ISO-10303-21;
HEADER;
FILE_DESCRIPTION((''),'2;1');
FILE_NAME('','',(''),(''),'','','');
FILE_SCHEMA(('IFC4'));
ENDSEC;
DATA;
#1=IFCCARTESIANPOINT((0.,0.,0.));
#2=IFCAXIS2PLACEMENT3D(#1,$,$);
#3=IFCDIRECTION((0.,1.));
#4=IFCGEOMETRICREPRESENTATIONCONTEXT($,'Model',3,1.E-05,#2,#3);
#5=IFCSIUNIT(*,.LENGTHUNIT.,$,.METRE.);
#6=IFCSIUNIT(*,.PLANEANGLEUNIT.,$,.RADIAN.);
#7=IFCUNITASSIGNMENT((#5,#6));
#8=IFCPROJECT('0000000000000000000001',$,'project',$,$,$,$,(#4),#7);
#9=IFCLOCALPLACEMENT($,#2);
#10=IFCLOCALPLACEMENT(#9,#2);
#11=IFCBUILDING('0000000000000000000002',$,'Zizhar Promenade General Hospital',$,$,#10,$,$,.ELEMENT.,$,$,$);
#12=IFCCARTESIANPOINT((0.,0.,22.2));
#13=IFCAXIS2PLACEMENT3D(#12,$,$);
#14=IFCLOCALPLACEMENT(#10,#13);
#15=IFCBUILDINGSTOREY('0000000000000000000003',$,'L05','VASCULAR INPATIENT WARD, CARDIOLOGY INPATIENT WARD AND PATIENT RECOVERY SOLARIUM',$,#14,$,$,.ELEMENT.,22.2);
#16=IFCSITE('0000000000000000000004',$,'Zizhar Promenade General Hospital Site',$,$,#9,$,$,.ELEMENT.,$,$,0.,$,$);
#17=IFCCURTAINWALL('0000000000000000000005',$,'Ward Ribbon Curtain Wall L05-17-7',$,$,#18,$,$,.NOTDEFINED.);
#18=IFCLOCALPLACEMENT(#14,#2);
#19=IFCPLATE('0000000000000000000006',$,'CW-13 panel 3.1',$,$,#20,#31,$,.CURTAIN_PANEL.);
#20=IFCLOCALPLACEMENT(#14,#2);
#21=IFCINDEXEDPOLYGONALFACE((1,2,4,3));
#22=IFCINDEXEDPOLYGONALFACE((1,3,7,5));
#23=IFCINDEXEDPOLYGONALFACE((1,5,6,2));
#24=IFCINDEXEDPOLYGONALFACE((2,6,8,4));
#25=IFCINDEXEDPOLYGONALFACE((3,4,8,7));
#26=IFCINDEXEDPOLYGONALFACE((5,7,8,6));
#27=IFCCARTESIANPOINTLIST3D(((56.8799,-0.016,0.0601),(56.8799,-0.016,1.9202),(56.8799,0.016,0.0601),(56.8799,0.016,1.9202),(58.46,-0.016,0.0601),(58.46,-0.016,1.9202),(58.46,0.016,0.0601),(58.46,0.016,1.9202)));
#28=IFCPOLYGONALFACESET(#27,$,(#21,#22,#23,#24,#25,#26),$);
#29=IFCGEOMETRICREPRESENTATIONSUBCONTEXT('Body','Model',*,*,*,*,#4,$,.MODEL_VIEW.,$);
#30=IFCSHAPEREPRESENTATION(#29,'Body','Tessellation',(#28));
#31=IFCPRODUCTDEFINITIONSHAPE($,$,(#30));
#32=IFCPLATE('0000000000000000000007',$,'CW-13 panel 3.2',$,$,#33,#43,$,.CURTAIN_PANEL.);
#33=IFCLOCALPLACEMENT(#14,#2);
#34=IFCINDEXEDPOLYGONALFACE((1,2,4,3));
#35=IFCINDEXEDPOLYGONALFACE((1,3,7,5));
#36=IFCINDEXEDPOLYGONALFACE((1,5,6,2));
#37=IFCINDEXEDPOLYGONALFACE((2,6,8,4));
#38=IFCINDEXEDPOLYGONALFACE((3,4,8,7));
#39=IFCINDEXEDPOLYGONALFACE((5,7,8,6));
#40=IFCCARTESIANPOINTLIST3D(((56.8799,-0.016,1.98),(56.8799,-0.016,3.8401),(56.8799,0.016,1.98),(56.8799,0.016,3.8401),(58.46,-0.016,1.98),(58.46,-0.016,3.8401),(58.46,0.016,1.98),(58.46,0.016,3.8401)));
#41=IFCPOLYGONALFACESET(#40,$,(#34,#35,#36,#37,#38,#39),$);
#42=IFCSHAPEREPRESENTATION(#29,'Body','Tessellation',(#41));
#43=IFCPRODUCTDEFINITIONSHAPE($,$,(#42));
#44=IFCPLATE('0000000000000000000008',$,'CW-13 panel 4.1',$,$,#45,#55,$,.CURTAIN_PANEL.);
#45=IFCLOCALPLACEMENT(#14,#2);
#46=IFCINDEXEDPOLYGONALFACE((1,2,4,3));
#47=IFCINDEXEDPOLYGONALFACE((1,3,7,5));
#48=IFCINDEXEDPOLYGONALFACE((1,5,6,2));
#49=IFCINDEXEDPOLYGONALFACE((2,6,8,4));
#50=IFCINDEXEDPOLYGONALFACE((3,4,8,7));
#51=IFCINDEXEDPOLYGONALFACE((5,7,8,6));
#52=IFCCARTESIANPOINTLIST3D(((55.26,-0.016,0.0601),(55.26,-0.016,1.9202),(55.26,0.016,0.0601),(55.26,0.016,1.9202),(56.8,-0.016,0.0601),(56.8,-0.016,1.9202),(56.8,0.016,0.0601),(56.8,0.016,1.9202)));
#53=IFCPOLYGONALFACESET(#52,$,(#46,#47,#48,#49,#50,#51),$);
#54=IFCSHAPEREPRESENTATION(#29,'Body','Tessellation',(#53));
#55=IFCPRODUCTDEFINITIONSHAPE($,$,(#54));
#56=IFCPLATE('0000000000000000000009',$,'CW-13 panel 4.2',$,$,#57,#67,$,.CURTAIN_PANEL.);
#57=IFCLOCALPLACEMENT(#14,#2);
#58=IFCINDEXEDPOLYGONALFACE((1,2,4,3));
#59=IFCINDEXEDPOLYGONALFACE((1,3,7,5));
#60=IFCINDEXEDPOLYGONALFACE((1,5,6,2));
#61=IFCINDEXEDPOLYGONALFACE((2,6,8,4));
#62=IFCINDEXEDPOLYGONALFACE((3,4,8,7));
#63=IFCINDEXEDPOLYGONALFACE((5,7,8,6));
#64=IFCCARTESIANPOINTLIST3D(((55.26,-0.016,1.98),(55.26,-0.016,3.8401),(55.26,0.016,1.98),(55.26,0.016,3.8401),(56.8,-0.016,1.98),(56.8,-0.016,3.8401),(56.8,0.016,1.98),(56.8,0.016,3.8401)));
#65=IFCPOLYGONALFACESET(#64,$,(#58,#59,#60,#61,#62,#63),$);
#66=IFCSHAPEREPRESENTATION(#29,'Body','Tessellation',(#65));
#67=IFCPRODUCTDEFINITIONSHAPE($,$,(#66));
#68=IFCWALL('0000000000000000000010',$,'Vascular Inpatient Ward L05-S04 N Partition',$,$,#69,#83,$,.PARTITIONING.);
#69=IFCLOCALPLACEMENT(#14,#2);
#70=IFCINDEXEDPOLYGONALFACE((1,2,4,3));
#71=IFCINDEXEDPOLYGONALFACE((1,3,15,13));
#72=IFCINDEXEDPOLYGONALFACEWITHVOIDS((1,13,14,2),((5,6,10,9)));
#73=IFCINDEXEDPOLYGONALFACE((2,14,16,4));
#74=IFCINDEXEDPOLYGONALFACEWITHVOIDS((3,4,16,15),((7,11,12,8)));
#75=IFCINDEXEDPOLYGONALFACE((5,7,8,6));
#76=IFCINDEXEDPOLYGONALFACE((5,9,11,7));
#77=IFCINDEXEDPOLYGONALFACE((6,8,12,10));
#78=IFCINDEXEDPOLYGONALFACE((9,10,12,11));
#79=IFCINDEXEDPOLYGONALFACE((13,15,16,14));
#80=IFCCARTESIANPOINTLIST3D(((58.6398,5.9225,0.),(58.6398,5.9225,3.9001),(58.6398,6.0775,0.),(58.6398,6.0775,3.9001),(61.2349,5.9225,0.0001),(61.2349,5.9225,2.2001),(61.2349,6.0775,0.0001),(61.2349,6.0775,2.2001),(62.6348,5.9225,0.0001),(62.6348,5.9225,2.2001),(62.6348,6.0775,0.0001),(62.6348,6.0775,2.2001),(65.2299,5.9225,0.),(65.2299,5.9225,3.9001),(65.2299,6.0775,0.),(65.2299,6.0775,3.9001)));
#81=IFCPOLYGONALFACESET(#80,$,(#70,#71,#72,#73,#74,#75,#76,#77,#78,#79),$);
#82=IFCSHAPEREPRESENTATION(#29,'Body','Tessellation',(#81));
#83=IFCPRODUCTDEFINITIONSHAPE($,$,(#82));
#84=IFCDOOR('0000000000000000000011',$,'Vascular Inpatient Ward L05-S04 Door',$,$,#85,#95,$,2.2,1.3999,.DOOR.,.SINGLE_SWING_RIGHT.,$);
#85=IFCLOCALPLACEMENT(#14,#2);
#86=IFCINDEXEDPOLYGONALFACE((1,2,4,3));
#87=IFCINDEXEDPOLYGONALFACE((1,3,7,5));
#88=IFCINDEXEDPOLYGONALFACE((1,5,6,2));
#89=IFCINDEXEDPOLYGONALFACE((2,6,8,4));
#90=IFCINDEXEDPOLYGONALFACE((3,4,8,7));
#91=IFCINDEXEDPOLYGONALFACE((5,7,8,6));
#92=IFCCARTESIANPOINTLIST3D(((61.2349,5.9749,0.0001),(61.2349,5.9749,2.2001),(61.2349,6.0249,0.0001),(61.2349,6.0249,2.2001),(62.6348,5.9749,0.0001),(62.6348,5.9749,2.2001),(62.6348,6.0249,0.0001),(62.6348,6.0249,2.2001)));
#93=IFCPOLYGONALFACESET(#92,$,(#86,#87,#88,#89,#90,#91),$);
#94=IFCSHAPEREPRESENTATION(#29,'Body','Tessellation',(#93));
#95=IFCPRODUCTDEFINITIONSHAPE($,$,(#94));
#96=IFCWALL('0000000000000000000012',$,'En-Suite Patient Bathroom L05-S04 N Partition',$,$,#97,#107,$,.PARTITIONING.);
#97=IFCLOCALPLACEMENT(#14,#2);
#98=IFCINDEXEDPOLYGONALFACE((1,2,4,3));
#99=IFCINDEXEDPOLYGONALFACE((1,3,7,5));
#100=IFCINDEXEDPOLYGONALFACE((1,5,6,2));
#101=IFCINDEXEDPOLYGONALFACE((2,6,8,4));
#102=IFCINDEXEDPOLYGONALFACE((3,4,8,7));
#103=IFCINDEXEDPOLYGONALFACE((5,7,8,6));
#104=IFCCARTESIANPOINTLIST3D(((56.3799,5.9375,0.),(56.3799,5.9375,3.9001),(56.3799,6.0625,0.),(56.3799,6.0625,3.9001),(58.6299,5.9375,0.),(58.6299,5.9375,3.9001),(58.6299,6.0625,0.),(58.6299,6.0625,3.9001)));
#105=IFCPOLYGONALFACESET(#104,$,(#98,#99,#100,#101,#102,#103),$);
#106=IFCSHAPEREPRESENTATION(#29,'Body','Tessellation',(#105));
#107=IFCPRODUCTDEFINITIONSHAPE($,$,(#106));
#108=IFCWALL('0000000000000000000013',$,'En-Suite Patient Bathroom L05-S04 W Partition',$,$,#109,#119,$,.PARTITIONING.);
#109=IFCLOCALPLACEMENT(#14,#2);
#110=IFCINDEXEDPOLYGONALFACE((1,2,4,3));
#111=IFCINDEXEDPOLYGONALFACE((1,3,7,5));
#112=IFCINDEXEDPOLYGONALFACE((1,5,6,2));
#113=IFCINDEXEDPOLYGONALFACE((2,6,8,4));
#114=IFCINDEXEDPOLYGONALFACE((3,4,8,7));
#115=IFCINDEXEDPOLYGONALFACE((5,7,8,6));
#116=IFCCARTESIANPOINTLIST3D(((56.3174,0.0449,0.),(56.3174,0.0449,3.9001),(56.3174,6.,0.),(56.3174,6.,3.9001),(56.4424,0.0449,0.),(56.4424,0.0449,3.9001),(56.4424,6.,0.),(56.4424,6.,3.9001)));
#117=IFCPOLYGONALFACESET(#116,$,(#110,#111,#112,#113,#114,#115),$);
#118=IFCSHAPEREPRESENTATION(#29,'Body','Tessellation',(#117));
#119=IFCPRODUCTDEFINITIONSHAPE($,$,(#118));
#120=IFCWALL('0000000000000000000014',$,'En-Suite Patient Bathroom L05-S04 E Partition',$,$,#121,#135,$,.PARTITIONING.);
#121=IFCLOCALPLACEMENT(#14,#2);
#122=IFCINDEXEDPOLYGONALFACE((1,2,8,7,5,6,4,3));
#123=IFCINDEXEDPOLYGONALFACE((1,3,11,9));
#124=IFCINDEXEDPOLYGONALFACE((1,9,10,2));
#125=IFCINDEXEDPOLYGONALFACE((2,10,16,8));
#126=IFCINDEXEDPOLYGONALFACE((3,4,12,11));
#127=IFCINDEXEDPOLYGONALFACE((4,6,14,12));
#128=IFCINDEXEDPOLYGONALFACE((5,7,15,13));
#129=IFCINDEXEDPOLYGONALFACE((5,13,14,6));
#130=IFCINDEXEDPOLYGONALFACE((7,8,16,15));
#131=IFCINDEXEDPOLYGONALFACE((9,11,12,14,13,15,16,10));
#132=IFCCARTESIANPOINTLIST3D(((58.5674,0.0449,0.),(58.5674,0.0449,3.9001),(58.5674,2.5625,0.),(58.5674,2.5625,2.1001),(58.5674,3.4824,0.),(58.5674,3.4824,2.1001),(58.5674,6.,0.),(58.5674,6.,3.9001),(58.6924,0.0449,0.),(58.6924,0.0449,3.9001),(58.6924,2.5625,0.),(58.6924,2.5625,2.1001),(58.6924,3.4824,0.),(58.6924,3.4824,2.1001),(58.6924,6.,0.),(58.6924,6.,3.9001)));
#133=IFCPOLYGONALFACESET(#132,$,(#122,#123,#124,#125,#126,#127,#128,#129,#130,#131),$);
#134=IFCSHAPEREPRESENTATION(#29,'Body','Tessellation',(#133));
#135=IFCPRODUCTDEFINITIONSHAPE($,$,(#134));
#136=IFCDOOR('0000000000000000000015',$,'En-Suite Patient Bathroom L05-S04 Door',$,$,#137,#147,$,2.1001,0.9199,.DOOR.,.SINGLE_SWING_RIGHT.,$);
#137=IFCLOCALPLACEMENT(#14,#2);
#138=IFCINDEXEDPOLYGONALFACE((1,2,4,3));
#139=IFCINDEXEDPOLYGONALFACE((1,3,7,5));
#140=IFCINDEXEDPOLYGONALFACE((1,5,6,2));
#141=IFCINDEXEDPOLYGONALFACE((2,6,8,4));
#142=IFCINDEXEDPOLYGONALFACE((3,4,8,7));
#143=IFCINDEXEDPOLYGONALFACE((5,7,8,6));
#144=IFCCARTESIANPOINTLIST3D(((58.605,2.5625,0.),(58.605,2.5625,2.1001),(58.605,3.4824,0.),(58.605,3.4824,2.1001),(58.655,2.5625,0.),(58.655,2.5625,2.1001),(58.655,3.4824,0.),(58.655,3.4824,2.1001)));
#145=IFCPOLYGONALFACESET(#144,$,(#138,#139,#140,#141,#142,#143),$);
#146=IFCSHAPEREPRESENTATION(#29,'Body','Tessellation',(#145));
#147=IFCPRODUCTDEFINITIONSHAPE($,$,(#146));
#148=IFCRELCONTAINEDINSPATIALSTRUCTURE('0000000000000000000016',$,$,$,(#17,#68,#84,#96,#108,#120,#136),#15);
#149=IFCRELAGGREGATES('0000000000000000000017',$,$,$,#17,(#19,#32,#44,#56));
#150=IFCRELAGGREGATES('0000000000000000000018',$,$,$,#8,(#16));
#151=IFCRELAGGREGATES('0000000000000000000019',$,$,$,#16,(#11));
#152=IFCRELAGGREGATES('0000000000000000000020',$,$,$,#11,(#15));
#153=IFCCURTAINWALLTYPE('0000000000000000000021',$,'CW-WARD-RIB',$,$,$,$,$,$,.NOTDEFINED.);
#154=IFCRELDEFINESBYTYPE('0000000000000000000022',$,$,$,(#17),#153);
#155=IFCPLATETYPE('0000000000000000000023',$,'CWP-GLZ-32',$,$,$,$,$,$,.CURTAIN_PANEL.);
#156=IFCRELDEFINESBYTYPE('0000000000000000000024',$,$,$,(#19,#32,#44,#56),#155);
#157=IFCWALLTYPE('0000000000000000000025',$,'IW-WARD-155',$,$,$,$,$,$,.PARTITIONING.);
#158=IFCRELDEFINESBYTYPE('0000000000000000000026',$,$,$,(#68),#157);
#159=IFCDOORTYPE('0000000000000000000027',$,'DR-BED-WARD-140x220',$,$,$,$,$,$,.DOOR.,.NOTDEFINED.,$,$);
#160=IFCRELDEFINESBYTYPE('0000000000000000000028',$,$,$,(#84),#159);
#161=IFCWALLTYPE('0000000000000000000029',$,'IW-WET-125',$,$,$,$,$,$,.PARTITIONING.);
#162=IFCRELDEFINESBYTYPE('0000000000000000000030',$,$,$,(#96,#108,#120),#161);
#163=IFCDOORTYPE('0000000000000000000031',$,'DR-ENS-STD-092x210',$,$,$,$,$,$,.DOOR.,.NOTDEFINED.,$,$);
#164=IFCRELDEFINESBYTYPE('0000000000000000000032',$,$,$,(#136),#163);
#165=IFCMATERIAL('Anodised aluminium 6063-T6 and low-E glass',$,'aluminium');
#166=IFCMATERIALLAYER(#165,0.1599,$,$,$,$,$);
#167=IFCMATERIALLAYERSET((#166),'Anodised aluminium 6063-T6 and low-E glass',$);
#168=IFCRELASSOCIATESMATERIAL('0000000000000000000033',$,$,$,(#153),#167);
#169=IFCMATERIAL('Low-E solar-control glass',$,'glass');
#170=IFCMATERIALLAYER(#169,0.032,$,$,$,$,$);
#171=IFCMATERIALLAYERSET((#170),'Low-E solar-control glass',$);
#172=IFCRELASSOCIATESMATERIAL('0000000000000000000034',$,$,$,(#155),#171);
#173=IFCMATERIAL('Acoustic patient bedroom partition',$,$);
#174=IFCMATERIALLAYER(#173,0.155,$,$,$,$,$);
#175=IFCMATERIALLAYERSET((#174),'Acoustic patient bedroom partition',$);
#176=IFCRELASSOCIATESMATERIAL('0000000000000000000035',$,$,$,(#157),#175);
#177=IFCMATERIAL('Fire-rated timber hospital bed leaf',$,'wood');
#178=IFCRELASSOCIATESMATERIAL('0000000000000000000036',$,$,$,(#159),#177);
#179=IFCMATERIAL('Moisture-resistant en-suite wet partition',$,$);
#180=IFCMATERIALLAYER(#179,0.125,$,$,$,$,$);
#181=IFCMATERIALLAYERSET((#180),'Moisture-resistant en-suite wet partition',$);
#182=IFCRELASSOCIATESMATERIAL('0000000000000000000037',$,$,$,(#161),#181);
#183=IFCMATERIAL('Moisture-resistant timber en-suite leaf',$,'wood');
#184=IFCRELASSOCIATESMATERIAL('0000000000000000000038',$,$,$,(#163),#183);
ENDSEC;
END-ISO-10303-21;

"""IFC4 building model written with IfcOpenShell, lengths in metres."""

from ifc_helpers import new_model, si_unit, direction, frame, frame_2d, origin, origin_2d, place, context, subcontext, project, spatial, rectangle, extrude, material, layer, layer_set, type_object, element, fill, aggregate, save


model = new_model("IFC4")

# Units and contexts
model_context = context("Model", 3, precision=1e-05, world=origin(), true_north=direction((0.0, 1.0)))
body_context = subcontext(model_context, "Body", "Model", "MODEL_VIEW")
ifc_project = project(units=[si_unit("LENGTHUNIT", "METRE"), si_unit("PLANEANGLEUNIT", "RADIAN")], contexts=[model_context])

# Site, building, storey
site_placement = place(None, origin())
site = spatial("IfcSite", under=ifc_project, at=site_placement, Name="Zizhar Promenade General Hospital Site", CompositionType="ELEMENT", RefElevation=0.0)
building_placement = place(site_placement, origin())
building = spatial("IfcBuilding", under=site, at=building_placement, Name="Zizhar Promenade General Hospital", CompositionType="ELEMENT")
storey_placement = place(building_placement, frame((0.0, 0.0, 22.2)))
storey = spatial("IfcBuildingStorey", under=building, at=storey_placement, Name="L05", Description="VASCULAR INPATIENT WARD, CARDIOLOGY INPATIENT WARD AND PATIENT RECOVERY SOLARIUM", CompositionType="ELEMENT", Elevation=22.2)

# Curtain wall, plates
ifc_material_1 = material(Name="Anodised aluminium 6063-T6 and low-E glass", Category="aluminium")
ifc_layer_1 = layer(ifc_material_1, 0.1599)
ifc_layer_set_1 = layer_set([ifc_layer_1], Name="Anodised aluminium 6063-T6 and low-E glass")
curtain_wall_type = type_object("IfcCurtainWallType", Name="CW-WARD-RIB", PredefinedType="NOTDEFINED", material=ifc_layer_set_1)
curtain_wall_placement = place(storey_placement, origin())
curtain_wall = element("IfcCurtainWall", 1, at=curtain_wall_placement, inside=storey, type_object=curtain_wall_type, Name="Ward Ribbon Curtain Wall L05-17-7", PredefinedType="NOTDEFINED")
ifc_material_2 = material(Name="Low-E solar-control glass", Category="glass")
ifc_layer_2 = layer(ifc_material_2, 0.032)
ifc_layer_set_2 = layer_set([ifc_layer_2], Name="Low-E solar-control glass")
plate_type = type_object("IfcPlateType", Name="CWP-GLZ-32", PredefinedType="CURTAIN_PANEL", material=ifc_layer_set_2)
plate_1_placement = place(storey_placement, frame((57.6699, 0.0, 0.0601), z_axis=(0.0, 0.0, 1.0), x_axis=(-1.0, 0.0, 0.0)))
plate_1 = element("IfcPlate", 2, at=plate_1_placement, type_object=plate_type, Name="CW-13 panel 3.1", PredefinedType="CURTAIN_PANEL", context=body_context, shape_type="SweptSolid", body=[
    extrude(rectangle(XDim=1.5801, YDim=0.032, at=origin_2d()), origin(), (0.0, 0.0, 1.0), 1.8601),
])
plate_2_placement = place(storey_placement, frame((57.6699, 0.0, 1.98), z_axis=(0.0, 0.0, 1.0), x_axis=(-1.0, 0.0, 0.0)))
plate_2 = element("IfcPlate", 3, at=plate_2_placement, type_object=plate_type, Name="CW-13 panel 3.2", PredefinedType="CURTAIN_PANEL", context=body_context, shape_type="SweptSolid", body=[
    extrude(rectangle(XDim=1.5801, YDim=0.032, at=origin_2d()), origin(), (0.0, 0.0, 1.0), 1.8601),
])
plate_3_placement = place(storey_placement, frame((56.03, 0.0, 0.0601), z_axis=(0.0, 0.0, 1.0), x_axis=(-1.0, 0.0, 0.0)))
plate_3 = element("IfcPlate", 4, at=plate_3_placement, type_object=plate_type, Name="CW-13 panel 4.1", PredefinedType="CURTAIN_PANEL", context=body_context, shape_type="SweptSolid", body=[
    extrude(rectangle(XDim=1.54, YDim=0.032, at=origin_2d()), origin(), (0.0, 0.0, 1.0), 1.8601),
])
plate_4_placement = place(storey_placement, frame((56.03, 0.0, 1.98), z_axis=(0.0, 0.0, 1.0), x_axis=(-1.0, 0.0, 0.0)))
plate_4 = element("IfcPlate", 5, at=plate_4_placement, type_object=plate_type, Name="CW-13 panel 4.2", PredefinedType="CURTAIN_PANEL", context=body_context, shape_type="SweptSolid", body=[
    extrude(rectangle(XDim=1.54, YDim=0.032, at=origin_2d()), origin(), (0.0, 0.0, 1.0), 1.8601),
])
aggregate(curtain_wall, [plate_1, plate_2, plate_3, plate_4])

# Wall, opening, door
ifc_material_3 = material(Name="Acoustic patient bedroom partition")
ifc_layer_3 = layer(ifc_material_3, 0.155)
ifc_layer_set_3 = layer_set([ifc_layer_3], Name="Acoustic patient bedroom partition")
wall_type_1 = type_object("IfcWallType", Name="IW-WARD-155", PredefinedType="PARTITIONING", material=ifc_layer_set_3)
wall_1_placement = place(storey_placement, frame((58.6399, 6.0, 0.0), z_axis=(0.0, 0.0, 1.0), x_axis=(1.0, 0.0, 0.0)))
wall_1 = element("IfcWall", 6, at=wall_1_placement, inside=storey, type_object=wall_type_1, Name="Vascular Inpatient Ward L05-S04 N Partition", PredefinedType="PARTITIONING", context=body_context, shape_type="SweptSolid", body=[
    extrude(rectangle(XDim=6.5901, YDim=0.155, at=frame_2d((3.2949, 0.0))), origin(), (0.0, 0.0, 1.0), 3.9001),
])
opening_1_placement = place(wall_1_placement, frame((2.595, 0.0, 0.0)))
opening_1 = element("IfcOpeningElement", 7, at=opening_1_placement, cuts=wall_1, PredefinedType="OPENING", context=body_context, shape_type="SweptSolid", body=[
    extrude(rectangle(XDim=1.3999, YDim=2.2, at=frame_2d((0.7, 1.1001))), frame((0.0, 0.0874, 0.0), z_axis=(0.0, -1.0, 0.0), x_axis=(1.0, 0.0, 0.0)), (0.0, 0.0, 1.0), 0.175),
])
ifc_material_4 = material(Name="Fire-rated timber hospital bed leaf", Category="wood")
door_type_1 = type_object("IfcDoorType", Name="DR-BED-WARD-140x220", OperationType="NOTDEFINED", PredefinedType="DOOR", material=ifc_material_4)
door_1_placement = place(opening_1_placement, origin())
door_1 = element("IfcDoor", 8, at=door_1_placement, inside=storey, type_object=door_type_1, Name="Vascular Inpatient Ward L05-S04 Door", OperationType="SINGLE_SWING_RIGHT", OverallHeight=2.2, OverallWidth=1.3999, PredefinedType="DOOR", context=body_context, shape_type="SweptSolid", body=[
    extrude(rectangle(XDim=1.3999, YDim=2.2, at=frame_2d((0.7, 1.1001))), frame((0.0, 0.0249, 0.0), z_axis=(0.0, -1.0, 0.0), x_axis=(1.0, 0.0, 0.0)), (0.0, 0.0, 1.0), 0.05),
])
fill(opening_1, door_1)

# Walls
ifc_material_5 = material(Name="Moisture-resistant en-suite wet partition")
ifc_layer_4 = layer(ifc_material_5, 0.125)
ifc_layer_set_4 = layer_set([ifc_layer_4], Name="Moisture-resistant en-suite wet partition")
wall_type_2 = type_object("IfcWallType", Name="IW-WET-125", PredefinedType="PARTITIONING", material=ifc_layer_set_4)
wall_2_placement = place(storey_placement, frame((56.3799, 6.0, 0.0), z_axis=(0.0, 0.0, 1.0), x_axis=(1.0, 0.0, 0.0)))
element("IfcWall", 9, at=wall_2_placement, inside=storey, type_object=wall_type_2, Name="En-Suite Patient Bathroom L05-S04 N Partition", PredefinedType="PARTITIONING", context=body_context, shape_type="SweptSolid", body=[
    extrude(rectangle(XDim=2.25, YDim=0.125, at=frame_2d((1.125, 0.0))), origin(), (0.0, 0.0, 1.0), 3.9001),
])
wall_3_placement = place(storey_placement, frame((56.3799, 0.0449, 0.0), z_axis=(0.0, 0.0, 1.0), x_axis=(0.0, 1.0, 0.0)))
element("IfcWall", 10, at=wall_3_placement, inside=storey, type_object=wall_type_2, Name="En-Suite Patient Bathroom L05-S04 W Partition", PredefinedType="PARTITIONING", context=body_context, shape_type="SweptSolid", body=[
    extrude(rectangle(XDim=5.9551, YDim=0.125, at=frame_2d((2.9775, 0.0))), origin(), (0.0, 0.0, 1.0), 3.9001),
])

# Wall, opening, door
wall_4_placement = place(storey_placement, frame((58.6299, 0.0449, 0.0), z_axis=(0.0, 0.0, 1.0), x_axis=(0.0, 1.0, 0.0)))
wall_4 = element("IfcWall", 11, at=wall_4_placement, inside=storey, type_object=wall_type_2, Name="En-Suite Patient Bathroom L05-S04 E Partition", PredefinedType="PARTITIONING", context=body_context, shape_type="SweptSolid", body=[
    extrude(rectangle(XDim=5.9551, YDim=0.125, at=frame_2d((2.9775, 0.0))), origin(), (0.0, 0.0, 1.0), 3.9001),
])
opening_2_placement = place(wall_4_placement, frame((2.5176, 0.0, 0.0)))
opening_2 = element("IfcOpeningElement", 12, at=opening_2_placement, cuts=wall_4, PredefinedType="OPENING", context=body_context, shape_type="SweptSolid", body=[
    extrude(rectangle(XDim=0.9199, YDim=2.1001, at=frame_2d((0.46, 1.05))), frame((0.0, 0.0725, 0.0), z_axis=(0.0, -1.0, 0.0), x_axis=(1.0, 0.0, 0.0)), (0.0, 0.0, 1.0), 0.145),
])
ifc_material_6 = material(Name="Moisture-resistant timber en-suite leaf", Category="wood")
door_type_2 = type_object("IfcDoorType", Name="DR-ENS-STD-092x210", OperationType="NOTDEFINED", PredefinedType="DOOR", material=ifc_material_6)
door_2_placement = place(opening_2_placement, origin())
door_2 = element("IfcDoor", 13, at=door_2_placement, inside=storey, type_object=door_type_2, Name="En-Suite Patient Bathroom L05-S04 Door", OperationType="SINGLE_SWING_RIGHT", OverallHeight=2.1001, OverallWidth=0.9199, PredefinedType="DOOR", context=body_context, shape_type="SweptSolid", body=[
    extrude(rectangle(XDim=0.9199, YDim=2.1001, at=frame_2d((0.46, 1.05))), frame((0.0, 0.0249, 0.0), z_axis=(0.0, -1.0, 0.0), x_axis=(1.0, 0.0, 0.0)), (0.0, 0.0, 1.0), 0.05),
])
fill(opening_2, door_2)

save(model, "model.ifc")
